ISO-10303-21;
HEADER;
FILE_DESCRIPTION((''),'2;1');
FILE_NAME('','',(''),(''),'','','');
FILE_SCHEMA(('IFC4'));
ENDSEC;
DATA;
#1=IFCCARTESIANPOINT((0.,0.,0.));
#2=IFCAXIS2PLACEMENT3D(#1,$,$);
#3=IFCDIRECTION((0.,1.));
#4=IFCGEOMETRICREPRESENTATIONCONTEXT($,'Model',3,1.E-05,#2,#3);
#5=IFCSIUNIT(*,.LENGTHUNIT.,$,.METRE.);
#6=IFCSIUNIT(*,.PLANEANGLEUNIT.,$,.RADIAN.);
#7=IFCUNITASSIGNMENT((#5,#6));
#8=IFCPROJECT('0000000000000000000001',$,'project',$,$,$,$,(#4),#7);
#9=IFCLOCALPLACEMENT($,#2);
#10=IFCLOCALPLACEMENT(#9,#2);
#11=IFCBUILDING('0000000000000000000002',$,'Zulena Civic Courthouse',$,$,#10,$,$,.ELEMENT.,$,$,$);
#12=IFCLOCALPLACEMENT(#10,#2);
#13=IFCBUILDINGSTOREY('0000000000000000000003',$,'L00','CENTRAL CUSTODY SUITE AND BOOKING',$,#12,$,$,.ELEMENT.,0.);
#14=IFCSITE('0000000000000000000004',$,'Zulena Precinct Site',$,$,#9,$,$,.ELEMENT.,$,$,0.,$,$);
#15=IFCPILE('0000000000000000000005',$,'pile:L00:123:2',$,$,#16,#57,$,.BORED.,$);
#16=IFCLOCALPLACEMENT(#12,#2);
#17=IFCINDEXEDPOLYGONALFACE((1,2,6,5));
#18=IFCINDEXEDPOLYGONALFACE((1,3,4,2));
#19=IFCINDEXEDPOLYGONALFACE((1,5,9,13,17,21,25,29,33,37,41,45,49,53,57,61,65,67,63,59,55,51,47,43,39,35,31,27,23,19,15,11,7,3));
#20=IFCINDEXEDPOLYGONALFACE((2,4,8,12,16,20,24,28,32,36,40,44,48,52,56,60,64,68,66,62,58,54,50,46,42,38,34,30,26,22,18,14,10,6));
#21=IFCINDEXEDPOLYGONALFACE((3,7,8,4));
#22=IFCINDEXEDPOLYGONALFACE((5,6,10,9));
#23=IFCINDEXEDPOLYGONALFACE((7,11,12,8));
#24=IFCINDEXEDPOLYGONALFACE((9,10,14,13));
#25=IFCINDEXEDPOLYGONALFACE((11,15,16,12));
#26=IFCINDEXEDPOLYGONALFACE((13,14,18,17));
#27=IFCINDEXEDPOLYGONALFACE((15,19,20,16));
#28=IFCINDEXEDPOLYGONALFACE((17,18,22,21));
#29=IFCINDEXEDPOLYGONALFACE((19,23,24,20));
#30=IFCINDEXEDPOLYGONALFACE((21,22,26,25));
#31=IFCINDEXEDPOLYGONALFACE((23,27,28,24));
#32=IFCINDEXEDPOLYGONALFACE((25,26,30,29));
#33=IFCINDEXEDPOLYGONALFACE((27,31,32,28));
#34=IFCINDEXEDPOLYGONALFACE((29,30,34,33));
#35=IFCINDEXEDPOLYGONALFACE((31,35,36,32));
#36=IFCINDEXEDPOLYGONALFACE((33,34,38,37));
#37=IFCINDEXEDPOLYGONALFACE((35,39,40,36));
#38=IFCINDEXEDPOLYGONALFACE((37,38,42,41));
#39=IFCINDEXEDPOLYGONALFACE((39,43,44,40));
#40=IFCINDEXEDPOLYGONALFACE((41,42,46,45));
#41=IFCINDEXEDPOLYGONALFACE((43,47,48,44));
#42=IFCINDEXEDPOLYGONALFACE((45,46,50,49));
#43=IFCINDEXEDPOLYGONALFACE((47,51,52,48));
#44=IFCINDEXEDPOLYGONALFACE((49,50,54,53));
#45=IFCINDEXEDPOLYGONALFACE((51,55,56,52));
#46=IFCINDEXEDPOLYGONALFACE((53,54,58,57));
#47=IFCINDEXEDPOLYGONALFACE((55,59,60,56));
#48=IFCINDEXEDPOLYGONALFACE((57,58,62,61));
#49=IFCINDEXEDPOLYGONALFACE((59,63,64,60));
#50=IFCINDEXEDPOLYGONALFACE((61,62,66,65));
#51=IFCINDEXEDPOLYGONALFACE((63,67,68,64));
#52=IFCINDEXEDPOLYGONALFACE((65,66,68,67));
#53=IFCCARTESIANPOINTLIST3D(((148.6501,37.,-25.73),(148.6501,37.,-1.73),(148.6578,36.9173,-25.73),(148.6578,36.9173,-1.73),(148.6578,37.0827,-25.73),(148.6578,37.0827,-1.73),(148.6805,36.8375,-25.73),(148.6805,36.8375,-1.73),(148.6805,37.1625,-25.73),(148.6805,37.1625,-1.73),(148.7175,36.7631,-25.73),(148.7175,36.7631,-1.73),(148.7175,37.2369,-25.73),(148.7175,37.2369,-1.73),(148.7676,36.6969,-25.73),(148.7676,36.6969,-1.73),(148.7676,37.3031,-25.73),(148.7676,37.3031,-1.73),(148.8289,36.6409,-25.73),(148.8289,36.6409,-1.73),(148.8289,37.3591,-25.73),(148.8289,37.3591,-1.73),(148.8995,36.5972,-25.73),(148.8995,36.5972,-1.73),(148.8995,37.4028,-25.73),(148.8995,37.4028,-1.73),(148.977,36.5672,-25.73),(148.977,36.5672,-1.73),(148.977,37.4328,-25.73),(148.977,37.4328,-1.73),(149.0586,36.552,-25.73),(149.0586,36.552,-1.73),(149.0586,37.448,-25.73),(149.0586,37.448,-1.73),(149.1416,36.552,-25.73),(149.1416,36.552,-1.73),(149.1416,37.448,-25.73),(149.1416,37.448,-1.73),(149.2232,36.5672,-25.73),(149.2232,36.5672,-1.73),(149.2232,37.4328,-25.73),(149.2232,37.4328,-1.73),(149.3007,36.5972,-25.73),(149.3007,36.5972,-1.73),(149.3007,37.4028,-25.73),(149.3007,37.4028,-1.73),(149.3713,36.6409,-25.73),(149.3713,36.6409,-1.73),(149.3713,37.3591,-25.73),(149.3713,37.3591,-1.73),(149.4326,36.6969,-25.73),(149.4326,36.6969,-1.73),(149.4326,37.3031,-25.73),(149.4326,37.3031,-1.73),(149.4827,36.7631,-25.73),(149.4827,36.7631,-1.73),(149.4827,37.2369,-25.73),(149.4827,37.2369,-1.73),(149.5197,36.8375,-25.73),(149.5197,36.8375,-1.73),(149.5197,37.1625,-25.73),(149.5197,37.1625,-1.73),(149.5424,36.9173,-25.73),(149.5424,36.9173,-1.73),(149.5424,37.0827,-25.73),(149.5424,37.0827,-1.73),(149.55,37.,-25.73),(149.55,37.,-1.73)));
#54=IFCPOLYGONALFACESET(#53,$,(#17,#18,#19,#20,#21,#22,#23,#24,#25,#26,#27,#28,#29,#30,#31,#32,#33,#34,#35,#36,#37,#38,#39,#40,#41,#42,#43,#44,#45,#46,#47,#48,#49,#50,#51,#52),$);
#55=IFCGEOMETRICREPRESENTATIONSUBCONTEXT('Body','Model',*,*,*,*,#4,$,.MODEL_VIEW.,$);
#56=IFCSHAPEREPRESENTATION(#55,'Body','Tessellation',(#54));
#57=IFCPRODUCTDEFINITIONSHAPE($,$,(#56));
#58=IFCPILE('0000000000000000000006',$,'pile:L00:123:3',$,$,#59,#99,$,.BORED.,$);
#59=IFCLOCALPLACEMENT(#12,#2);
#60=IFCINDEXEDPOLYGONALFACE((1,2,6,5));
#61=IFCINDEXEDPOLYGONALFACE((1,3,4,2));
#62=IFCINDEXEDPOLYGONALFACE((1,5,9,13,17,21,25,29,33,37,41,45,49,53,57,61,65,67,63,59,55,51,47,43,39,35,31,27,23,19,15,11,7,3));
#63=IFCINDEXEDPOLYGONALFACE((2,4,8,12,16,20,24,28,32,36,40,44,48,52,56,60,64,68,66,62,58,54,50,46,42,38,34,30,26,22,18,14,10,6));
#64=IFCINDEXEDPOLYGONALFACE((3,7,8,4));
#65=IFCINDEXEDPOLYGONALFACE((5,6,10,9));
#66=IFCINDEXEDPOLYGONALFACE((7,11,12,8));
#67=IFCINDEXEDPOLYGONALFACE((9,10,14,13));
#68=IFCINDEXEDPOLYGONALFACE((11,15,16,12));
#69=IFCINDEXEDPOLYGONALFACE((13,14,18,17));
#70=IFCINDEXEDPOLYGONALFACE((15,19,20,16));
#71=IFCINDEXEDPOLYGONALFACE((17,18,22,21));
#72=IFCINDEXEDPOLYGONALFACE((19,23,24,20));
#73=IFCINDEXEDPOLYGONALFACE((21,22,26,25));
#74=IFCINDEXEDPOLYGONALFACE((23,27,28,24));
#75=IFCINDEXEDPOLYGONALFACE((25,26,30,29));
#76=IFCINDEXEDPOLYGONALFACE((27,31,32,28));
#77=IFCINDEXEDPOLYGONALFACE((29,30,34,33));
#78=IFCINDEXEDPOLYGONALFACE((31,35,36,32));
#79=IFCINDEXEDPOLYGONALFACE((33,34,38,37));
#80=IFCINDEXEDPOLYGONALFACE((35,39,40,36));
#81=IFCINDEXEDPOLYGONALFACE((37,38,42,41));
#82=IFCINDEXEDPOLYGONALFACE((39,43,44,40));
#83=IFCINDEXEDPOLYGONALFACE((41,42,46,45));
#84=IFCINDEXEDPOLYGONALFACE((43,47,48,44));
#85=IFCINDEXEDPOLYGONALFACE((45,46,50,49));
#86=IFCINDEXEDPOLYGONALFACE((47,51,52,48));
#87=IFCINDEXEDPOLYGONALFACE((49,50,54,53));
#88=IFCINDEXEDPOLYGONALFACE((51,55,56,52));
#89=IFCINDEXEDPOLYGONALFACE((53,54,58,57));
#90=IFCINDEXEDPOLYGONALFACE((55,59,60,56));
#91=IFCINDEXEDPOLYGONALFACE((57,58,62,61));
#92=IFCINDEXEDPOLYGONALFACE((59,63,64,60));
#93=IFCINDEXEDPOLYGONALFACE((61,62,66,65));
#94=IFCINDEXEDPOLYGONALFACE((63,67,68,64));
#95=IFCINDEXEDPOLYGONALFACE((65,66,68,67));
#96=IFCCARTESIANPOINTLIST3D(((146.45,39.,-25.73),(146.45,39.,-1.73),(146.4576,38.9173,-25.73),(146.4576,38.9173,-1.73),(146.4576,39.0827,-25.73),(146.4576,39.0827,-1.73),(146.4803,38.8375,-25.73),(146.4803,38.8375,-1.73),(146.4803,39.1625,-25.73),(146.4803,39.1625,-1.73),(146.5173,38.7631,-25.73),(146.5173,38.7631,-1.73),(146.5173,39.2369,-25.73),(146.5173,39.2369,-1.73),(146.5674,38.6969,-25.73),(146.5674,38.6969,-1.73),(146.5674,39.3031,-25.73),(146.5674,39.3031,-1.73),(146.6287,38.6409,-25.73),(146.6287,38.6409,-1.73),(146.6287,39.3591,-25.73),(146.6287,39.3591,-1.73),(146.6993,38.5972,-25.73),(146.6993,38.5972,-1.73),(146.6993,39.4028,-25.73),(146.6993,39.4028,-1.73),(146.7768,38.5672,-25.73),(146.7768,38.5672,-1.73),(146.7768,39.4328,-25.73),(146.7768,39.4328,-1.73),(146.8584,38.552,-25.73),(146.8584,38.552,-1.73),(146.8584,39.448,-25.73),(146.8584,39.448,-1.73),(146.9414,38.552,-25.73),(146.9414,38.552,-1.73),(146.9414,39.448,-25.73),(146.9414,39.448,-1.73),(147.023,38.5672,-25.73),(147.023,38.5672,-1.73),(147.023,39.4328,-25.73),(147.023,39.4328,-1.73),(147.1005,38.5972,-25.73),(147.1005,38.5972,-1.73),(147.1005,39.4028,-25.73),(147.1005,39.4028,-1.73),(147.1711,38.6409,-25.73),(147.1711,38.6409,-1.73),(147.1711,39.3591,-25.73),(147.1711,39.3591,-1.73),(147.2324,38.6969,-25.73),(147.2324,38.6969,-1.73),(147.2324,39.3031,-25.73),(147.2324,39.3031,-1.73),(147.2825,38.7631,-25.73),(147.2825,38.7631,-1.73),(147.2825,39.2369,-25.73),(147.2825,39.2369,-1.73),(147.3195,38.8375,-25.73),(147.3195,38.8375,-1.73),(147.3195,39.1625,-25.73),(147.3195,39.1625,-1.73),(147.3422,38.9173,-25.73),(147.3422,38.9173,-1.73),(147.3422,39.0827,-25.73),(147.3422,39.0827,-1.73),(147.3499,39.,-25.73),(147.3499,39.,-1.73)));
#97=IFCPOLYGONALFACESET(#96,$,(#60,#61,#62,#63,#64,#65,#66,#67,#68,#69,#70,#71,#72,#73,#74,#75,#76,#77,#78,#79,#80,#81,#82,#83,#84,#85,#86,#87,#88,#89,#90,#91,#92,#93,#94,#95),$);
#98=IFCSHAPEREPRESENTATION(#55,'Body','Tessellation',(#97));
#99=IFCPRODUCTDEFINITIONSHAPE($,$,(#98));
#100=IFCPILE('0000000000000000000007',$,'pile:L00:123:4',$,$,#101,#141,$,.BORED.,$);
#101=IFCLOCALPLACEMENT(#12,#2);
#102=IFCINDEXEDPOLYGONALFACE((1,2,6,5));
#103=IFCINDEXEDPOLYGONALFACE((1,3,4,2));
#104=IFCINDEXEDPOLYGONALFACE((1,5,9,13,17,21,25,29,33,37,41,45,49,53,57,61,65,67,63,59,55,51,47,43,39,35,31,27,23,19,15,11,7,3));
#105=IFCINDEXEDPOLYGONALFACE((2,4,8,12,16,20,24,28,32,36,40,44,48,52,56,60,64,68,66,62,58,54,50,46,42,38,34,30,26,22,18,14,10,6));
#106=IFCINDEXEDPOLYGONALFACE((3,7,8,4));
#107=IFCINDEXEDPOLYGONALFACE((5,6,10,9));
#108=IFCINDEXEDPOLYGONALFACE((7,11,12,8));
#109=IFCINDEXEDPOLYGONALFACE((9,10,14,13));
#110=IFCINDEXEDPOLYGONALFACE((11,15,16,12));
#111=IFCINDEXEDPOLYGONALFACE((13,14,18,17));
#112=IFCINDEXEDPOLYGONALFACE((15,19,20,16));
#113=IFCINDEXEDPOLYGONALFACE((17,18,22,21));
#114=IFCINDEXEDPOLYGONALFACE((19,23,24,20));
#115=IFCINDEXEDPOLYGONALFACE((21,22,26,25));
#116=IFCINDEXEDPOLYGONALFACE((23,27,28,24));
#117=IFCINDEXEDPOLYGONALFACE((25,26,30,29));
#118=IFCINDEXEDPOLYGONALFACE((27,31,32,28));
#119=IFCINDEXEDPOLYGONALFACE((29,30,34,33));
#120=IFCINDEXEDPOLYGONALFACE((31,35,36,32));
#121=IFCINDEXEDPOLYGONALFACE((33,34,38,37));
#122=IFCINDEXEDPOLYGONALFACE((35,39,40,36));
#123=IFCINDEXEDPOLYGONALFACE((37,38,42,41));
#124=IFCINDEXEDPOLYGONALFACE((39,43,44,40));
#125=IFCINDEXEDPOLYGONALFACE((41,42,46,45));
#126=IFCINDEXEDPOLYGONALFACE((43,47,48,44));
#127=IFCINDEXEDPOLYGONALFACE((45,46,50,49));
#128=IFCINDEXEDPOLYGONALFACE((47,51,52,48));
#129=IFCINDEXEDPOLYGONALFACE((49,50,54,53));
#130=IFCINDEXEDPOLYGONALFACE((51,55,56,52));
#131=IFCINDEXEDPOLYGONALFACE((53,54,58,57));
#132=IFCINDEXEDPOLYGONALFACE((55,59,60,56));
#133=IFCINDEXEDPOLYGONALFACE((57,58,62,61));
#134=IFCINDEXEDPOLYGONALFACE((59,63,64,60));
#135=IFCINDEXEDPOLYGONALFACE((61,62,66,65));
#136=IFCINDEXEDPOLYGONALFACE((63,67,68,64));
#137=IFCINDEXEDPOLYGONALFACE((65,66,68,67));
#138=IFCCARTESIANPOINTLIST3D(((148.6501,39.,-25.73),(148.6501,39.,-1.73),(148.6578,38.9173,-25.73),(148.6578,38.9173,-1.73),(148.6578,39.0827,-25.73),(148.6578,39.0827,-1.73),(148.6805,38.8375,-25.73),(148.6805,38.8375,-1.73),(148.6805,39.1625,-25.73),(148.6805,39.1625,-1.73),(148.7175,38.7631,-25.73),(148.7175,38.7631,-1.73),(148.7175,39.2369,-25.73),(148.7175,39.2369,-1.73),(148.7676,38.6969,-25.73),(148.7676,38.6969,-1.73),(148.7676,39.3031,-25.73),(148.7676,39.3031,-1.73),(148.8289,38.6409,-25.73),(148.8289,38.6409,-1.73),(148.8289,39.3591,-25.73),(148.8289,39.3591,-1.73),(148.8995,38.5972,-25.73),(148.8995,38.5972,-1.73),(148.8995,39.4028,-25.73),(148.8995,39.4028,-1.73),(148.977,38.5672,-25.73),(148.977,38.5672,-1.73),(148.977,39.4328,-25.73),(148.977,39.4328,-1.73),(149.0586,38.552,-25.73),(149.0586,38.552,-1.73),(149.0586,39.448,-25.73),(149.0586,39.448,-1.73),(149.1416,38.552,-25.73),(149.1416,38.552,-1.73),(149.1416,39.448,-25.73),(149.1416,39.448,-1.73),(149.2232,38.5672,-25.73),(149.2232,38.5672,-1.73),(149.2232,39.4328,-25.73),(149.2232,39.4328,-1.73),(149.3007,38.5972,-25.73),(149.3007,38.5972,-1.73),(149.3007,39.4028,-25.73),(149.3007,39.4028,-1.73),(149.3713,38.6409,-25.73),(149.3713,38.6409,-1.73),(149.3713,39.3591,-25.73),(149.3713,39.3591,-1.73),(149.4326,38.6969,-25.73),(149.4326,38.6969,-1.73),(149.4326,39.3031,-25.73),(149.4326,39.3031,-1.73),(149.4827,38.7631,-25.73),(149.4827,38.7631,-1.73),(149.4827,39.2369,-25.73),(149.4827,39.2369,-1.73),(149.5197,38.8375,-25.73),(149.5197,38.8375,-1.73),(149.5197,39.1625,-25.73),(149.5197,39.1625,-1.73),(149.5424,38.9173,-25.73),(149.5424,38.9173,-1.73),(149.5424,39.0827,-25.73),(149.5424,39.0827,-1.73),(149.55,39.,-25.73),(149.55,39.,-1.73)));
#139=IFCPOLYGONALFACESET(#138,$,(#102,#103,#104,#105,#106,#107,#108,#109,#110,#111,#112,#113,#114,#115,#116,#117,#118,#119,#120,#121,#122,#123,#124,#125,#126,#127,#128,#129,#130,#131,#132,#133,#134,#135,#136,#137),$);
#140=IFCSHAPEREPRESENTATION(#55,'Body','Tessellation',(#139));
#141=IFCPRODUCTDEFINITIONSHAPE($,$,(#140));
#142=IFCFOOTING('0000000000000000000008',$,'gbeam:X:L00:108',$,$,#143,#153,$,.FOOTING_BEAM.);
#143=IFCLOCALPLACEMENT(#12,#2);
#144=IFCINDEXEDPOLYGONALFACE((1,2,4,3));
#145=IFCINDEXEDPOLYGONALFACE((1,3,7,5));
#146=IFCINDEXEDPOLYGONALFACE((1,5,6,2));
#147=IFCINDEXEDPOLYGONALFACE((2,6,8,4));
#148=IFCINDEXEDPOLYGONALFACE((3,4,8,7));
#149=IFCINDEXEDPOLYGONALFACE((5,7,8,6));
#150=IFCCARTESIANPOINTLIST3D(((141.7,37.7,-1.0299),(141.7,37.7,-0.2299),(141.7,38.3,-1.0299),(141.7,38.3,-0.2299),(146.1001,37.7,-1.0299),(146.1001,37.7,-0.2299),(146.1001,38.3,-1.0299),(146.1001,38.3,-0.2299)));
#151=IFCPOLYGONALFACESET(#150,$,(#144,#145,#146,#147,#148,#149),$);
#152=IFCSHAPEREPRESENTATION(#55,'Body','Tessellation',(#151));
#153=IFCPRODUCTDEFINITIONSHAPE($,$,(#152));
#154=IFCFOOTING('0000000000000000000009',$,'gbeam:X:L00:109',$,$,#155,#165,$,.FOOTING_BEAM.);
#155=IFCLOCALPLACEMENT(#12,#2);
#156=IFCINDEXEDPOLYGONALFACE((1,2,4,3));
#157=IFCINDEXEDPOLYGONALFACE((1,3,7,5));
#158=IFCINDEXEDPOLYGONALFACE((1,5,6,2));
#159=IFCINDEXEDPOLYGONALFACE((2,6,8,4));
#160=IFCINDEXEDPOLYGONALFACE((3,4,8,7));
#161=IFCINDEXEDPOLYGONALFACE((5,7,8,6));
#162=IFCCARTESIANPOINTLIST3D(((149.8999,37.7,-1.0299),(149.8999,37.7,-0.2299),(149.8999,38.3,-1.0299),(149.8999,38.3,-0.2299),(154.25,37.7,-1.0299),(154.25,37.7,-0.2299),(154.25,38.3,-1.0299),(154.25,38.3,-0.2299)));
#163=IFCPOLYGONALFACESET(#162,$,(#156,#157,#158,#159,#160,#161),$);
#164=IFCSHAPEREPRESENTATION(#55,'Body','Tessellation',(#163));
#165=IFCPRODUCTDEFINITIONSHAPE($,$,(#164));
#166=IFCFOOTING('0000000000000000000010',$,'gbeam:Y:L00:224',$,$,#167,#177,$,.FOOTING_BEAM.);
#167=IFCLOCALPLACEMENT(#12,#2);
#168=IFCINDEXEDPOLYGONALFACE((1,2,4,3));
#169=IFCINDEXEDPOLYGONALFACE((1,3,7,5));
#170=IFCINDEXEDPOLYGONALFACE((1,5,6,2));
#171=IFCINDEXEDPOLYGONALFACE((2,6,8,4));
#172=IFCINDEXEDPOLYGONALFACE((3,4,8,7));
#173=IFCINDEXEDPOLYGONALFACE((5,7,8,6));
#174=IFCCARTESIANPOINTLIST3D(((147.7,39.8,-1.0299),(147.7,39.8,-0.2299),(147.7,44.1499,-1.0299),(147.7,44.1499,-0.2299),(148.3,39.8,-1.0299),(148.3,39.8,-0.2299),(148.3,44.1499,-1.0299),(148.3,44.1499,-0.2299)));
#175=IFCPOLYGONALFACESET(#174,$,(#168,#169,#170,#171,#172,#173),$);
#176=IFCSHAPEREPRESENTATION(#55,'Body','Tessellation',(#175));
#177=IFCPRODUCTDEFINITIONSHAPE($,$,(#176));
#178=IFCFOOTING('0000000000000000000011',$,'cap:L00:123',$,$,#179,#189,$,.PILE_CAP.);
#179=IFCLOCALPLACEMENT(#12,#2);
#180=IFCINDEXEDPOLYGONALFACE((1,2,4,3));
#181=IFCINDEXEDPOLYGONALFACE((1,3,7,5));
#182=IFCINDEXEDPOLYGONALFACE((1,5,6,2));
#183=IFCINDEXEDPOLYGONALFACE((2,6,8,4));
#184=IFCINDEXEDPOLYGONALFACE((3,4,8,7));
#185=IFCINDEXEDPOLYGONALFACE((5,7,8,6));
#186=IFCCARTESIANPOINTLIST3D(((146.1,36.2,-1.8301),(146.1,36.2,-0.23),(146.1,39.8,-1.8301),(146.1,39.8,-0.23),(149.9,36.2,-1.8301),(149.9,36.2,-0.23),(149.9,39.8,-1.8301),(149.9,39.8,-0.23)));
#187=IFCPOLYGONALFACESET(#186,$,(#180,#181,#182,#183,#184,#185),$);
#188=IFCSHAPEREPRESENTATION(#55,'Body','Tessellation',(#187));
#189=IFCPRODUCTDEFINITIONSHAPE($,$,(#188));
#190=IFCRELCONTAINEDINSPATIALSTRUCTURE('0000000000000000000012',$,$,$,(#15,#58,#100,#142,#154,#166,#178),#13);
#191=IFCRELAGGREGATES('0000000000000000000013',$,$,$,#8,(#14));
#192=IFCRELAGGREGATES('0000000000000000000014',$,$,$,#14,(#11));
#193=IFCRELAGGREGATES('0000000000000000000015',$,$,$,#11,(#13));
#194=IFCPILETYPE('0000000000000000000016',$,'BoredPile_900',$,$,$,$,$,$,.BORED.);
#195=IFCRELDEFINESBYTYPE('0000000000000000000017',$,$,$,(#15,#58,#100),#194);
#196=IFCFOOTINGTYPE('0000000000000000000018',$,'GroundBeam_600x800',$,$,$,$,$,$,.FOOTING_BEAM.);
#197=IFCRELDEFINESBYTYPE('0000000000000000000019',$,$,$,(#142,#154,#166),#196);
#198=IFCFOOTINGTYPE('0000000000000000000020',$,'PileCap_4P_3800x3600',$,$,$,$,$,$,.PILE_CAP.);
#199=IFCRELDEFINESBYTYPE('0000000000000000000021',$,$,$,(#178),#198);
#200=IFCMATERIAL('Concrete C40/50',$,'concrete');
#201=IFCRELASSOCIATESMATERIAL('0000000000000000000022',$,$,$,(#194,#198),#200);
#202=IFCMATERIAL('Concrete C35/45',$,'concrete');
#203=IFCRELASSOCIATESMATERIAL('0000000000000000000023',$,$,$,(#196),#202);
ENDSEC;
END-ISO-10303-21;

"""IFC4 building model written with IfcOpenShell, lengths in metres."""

from ifc_helpers import new_model, si_unit, direction, frame, origin, origin_2d, place, context, subcontext, project, spatial, rectangle, circle, extrude, material, material_profile, profile_set, type_object, element, save


model = new_model("IFC4")

# Units and contexts
model_context = context("Model", 3, precision=1e-05, world=origin(), true_north=direction((0.0, 1.0)))
body_context = subcontext(model_context, "Body", "Model", "MODEL_VIEW")
ifc_project = project(units=[si_unit("LENGTHUNIT", "METRE"), si_unit("PLANEANGLEUNIT", "RADIAN")], contexts=[model_context])

# Site, building, storey
site_placement = place(None, origin())
site = spatial("IfcSite", under=ifc_project, at=site_placement, Name="Zulena Precinct Site", CompositionType="ELEMENT", RefElevation=0.0)
building_placement = place(site_placement, origin())
building = spatial("IfcBuilding", under=site, at=building_placement, Name="Zulena Civic Courthouse", CompositionType="ELEMENT")
storey_placement = place(building_placement, origin())
storey = spatial("IfcBuildingStorey", under=building, at=storey_placement, Name="L00", Description="CENTRAL CUSTODY SUITE AND BOOKING", CompositionType="ELEMENT", Elevation=0.0)

# Piles
ifc_material_1 = material(Name="Concrete C40/50", Category="concrete")
ifc_material_profile_1 = material_profile(ifc_material_1, circle(Radius=0.45, at=origin_2d()), Name="PILE900")
ifc_profile_set_1 = profile_set([ifc_material_profile_1], Name="Concrete C40/50")
pile_type = type_object("IfcPileType", Name="BoredPile_900", PredefinedType="BORED", material=ifc_profile_set_1)
for number, where, z_axis, x_axis, name in (
    (1, (149.1001, 37.0, -1.73), (0.0, 0.0, -1.0), (1.0, 0.0, 0.0), "pile:L00:123:2"),
    (2, (146.8999, 39.0, -1.73), (0.0, 0.0, -1.0), (1.0, 0.0, 0.0), "pile:L00:123:3"),
    (3, (149.1001, 39.0, -1.73), (0.0, 0.0, -1.0), (1.0, 0.0, 0.0), "pile:L00:123:4"),
):
    element("IfcPile", number, at=place(storey_placement, frame(where, z_axis=z_axis, x_axis=x_axis)), inside=storey, type_object=pile_type, Name=name, PredefinedType="BORED", context=body_context, shape_type="SweptSolid", body=[
        extrude(circle(Radius=0.45, at=origin_2d()), origin(), (0.0, 0.0, 1.0), 24.0),
    ])

# Footings
ifc_material_2 = material(Name="Concrete C35/45", Category="concrete")
ifc_material_profile_2 = material_profile(ifc_material_2, rectangle(XDim=0.6001, YDim=0.8, at=origin_2d()), Name="RC600X800")
ifc_profile_set_2 = profile_set([ifc_material_profile_2], Name="Concrete C35/45")
footing_type_1 = type_object("IfcFootingType", Name="GroundBeam_600x800", PredefinedType="FOOTING_BEAM", material=ifc_profile_set_2)
footing_1_placement = place(storey_placement, frame((141.7, 38.0, -0.6299), z_axis=(1.0, 0.0, 0.0), x_axis=(0.0, 1.0, 0.0)))
element("IfcFooting", 4, at=footing_1_placement, inside=storey, type_object=footing_type_1, Name="gbeam:X:L00:108", PredefinedType="FOOTING_BEAM", context=body_context, shape_type="SweptSolid", body=[
    extrude(rectangle(XDim=0.6001, YDim=0.8, at=origin_2d()), origin(), (0.0, 0.0, 1.0), 4.4001),
])
footing_2_placement = place(storey_placement, frame((149.8999, 38.0, -0.6299), z_axis=(1.0, 0.0, 0.0), x_axis=(0.0, 1.0, 0.0)))
element("IfcFooting", 5, at=footing_2_placement, inside=storey, type_object=footing_type_1, Name="gbeam:X:L00:109", PredefinedType="FOOTING_BEAM", context=body_context, shape_type="SweptSolid", body=[
    extrude(rectangle(XDim=0.6001, YDim=0.8, at=origin_2d()), origin(), (0.0, 0.0, 1.0), 4.3501),
])
footing_3_placement = place(storey_placement, frame((148.0, 39.8, -0.6299), z_axis=(0.0, 1.0, 0.0), x_axis=(-1.0, 0.0, 0.0)))
element("IfcFooting", 6, at=footing_3_placement, inside=storey, type_object=footing_type_1, Name="gbeam:Y:L00:224", PredefinedType="FOOTING_BEAM", context=body_context, shape_type="SweptSolid", body=[
    extrude(rectangle(XDim=0.6001, YDim=0.8, at=origin_2d()), origin(), (0.0, 0.0, 1.0), 4.3499),
])
footing_type_2 = type_object("IfcFootingType", Name="PileCap_4P_3800x3600", PredefinedType="PILE_CAP", material=ifc_material_1)
footing_4_placement = place(storey_placement, frame((148.0, 38.0, -1.8301), z_axis=(0.0, 0.0, 1.0), x_axis=(1.0, 0.0, 0.0)))
element("IfcFooting", 7, at=footing_4_placement, inside=storey, type_object=footing_type_2, Name="cap:L00:123", PredefinedType="PILE_CAP", context=body_context, shape_type="SweptSolid", body=[
    extrude(rectangle(XDim=3.8, YDim=3.6001, at=origin_2d()), origin(), (0.0, 0.0, 1.0), 1.6001),
])

save(model, "model.ifc")
